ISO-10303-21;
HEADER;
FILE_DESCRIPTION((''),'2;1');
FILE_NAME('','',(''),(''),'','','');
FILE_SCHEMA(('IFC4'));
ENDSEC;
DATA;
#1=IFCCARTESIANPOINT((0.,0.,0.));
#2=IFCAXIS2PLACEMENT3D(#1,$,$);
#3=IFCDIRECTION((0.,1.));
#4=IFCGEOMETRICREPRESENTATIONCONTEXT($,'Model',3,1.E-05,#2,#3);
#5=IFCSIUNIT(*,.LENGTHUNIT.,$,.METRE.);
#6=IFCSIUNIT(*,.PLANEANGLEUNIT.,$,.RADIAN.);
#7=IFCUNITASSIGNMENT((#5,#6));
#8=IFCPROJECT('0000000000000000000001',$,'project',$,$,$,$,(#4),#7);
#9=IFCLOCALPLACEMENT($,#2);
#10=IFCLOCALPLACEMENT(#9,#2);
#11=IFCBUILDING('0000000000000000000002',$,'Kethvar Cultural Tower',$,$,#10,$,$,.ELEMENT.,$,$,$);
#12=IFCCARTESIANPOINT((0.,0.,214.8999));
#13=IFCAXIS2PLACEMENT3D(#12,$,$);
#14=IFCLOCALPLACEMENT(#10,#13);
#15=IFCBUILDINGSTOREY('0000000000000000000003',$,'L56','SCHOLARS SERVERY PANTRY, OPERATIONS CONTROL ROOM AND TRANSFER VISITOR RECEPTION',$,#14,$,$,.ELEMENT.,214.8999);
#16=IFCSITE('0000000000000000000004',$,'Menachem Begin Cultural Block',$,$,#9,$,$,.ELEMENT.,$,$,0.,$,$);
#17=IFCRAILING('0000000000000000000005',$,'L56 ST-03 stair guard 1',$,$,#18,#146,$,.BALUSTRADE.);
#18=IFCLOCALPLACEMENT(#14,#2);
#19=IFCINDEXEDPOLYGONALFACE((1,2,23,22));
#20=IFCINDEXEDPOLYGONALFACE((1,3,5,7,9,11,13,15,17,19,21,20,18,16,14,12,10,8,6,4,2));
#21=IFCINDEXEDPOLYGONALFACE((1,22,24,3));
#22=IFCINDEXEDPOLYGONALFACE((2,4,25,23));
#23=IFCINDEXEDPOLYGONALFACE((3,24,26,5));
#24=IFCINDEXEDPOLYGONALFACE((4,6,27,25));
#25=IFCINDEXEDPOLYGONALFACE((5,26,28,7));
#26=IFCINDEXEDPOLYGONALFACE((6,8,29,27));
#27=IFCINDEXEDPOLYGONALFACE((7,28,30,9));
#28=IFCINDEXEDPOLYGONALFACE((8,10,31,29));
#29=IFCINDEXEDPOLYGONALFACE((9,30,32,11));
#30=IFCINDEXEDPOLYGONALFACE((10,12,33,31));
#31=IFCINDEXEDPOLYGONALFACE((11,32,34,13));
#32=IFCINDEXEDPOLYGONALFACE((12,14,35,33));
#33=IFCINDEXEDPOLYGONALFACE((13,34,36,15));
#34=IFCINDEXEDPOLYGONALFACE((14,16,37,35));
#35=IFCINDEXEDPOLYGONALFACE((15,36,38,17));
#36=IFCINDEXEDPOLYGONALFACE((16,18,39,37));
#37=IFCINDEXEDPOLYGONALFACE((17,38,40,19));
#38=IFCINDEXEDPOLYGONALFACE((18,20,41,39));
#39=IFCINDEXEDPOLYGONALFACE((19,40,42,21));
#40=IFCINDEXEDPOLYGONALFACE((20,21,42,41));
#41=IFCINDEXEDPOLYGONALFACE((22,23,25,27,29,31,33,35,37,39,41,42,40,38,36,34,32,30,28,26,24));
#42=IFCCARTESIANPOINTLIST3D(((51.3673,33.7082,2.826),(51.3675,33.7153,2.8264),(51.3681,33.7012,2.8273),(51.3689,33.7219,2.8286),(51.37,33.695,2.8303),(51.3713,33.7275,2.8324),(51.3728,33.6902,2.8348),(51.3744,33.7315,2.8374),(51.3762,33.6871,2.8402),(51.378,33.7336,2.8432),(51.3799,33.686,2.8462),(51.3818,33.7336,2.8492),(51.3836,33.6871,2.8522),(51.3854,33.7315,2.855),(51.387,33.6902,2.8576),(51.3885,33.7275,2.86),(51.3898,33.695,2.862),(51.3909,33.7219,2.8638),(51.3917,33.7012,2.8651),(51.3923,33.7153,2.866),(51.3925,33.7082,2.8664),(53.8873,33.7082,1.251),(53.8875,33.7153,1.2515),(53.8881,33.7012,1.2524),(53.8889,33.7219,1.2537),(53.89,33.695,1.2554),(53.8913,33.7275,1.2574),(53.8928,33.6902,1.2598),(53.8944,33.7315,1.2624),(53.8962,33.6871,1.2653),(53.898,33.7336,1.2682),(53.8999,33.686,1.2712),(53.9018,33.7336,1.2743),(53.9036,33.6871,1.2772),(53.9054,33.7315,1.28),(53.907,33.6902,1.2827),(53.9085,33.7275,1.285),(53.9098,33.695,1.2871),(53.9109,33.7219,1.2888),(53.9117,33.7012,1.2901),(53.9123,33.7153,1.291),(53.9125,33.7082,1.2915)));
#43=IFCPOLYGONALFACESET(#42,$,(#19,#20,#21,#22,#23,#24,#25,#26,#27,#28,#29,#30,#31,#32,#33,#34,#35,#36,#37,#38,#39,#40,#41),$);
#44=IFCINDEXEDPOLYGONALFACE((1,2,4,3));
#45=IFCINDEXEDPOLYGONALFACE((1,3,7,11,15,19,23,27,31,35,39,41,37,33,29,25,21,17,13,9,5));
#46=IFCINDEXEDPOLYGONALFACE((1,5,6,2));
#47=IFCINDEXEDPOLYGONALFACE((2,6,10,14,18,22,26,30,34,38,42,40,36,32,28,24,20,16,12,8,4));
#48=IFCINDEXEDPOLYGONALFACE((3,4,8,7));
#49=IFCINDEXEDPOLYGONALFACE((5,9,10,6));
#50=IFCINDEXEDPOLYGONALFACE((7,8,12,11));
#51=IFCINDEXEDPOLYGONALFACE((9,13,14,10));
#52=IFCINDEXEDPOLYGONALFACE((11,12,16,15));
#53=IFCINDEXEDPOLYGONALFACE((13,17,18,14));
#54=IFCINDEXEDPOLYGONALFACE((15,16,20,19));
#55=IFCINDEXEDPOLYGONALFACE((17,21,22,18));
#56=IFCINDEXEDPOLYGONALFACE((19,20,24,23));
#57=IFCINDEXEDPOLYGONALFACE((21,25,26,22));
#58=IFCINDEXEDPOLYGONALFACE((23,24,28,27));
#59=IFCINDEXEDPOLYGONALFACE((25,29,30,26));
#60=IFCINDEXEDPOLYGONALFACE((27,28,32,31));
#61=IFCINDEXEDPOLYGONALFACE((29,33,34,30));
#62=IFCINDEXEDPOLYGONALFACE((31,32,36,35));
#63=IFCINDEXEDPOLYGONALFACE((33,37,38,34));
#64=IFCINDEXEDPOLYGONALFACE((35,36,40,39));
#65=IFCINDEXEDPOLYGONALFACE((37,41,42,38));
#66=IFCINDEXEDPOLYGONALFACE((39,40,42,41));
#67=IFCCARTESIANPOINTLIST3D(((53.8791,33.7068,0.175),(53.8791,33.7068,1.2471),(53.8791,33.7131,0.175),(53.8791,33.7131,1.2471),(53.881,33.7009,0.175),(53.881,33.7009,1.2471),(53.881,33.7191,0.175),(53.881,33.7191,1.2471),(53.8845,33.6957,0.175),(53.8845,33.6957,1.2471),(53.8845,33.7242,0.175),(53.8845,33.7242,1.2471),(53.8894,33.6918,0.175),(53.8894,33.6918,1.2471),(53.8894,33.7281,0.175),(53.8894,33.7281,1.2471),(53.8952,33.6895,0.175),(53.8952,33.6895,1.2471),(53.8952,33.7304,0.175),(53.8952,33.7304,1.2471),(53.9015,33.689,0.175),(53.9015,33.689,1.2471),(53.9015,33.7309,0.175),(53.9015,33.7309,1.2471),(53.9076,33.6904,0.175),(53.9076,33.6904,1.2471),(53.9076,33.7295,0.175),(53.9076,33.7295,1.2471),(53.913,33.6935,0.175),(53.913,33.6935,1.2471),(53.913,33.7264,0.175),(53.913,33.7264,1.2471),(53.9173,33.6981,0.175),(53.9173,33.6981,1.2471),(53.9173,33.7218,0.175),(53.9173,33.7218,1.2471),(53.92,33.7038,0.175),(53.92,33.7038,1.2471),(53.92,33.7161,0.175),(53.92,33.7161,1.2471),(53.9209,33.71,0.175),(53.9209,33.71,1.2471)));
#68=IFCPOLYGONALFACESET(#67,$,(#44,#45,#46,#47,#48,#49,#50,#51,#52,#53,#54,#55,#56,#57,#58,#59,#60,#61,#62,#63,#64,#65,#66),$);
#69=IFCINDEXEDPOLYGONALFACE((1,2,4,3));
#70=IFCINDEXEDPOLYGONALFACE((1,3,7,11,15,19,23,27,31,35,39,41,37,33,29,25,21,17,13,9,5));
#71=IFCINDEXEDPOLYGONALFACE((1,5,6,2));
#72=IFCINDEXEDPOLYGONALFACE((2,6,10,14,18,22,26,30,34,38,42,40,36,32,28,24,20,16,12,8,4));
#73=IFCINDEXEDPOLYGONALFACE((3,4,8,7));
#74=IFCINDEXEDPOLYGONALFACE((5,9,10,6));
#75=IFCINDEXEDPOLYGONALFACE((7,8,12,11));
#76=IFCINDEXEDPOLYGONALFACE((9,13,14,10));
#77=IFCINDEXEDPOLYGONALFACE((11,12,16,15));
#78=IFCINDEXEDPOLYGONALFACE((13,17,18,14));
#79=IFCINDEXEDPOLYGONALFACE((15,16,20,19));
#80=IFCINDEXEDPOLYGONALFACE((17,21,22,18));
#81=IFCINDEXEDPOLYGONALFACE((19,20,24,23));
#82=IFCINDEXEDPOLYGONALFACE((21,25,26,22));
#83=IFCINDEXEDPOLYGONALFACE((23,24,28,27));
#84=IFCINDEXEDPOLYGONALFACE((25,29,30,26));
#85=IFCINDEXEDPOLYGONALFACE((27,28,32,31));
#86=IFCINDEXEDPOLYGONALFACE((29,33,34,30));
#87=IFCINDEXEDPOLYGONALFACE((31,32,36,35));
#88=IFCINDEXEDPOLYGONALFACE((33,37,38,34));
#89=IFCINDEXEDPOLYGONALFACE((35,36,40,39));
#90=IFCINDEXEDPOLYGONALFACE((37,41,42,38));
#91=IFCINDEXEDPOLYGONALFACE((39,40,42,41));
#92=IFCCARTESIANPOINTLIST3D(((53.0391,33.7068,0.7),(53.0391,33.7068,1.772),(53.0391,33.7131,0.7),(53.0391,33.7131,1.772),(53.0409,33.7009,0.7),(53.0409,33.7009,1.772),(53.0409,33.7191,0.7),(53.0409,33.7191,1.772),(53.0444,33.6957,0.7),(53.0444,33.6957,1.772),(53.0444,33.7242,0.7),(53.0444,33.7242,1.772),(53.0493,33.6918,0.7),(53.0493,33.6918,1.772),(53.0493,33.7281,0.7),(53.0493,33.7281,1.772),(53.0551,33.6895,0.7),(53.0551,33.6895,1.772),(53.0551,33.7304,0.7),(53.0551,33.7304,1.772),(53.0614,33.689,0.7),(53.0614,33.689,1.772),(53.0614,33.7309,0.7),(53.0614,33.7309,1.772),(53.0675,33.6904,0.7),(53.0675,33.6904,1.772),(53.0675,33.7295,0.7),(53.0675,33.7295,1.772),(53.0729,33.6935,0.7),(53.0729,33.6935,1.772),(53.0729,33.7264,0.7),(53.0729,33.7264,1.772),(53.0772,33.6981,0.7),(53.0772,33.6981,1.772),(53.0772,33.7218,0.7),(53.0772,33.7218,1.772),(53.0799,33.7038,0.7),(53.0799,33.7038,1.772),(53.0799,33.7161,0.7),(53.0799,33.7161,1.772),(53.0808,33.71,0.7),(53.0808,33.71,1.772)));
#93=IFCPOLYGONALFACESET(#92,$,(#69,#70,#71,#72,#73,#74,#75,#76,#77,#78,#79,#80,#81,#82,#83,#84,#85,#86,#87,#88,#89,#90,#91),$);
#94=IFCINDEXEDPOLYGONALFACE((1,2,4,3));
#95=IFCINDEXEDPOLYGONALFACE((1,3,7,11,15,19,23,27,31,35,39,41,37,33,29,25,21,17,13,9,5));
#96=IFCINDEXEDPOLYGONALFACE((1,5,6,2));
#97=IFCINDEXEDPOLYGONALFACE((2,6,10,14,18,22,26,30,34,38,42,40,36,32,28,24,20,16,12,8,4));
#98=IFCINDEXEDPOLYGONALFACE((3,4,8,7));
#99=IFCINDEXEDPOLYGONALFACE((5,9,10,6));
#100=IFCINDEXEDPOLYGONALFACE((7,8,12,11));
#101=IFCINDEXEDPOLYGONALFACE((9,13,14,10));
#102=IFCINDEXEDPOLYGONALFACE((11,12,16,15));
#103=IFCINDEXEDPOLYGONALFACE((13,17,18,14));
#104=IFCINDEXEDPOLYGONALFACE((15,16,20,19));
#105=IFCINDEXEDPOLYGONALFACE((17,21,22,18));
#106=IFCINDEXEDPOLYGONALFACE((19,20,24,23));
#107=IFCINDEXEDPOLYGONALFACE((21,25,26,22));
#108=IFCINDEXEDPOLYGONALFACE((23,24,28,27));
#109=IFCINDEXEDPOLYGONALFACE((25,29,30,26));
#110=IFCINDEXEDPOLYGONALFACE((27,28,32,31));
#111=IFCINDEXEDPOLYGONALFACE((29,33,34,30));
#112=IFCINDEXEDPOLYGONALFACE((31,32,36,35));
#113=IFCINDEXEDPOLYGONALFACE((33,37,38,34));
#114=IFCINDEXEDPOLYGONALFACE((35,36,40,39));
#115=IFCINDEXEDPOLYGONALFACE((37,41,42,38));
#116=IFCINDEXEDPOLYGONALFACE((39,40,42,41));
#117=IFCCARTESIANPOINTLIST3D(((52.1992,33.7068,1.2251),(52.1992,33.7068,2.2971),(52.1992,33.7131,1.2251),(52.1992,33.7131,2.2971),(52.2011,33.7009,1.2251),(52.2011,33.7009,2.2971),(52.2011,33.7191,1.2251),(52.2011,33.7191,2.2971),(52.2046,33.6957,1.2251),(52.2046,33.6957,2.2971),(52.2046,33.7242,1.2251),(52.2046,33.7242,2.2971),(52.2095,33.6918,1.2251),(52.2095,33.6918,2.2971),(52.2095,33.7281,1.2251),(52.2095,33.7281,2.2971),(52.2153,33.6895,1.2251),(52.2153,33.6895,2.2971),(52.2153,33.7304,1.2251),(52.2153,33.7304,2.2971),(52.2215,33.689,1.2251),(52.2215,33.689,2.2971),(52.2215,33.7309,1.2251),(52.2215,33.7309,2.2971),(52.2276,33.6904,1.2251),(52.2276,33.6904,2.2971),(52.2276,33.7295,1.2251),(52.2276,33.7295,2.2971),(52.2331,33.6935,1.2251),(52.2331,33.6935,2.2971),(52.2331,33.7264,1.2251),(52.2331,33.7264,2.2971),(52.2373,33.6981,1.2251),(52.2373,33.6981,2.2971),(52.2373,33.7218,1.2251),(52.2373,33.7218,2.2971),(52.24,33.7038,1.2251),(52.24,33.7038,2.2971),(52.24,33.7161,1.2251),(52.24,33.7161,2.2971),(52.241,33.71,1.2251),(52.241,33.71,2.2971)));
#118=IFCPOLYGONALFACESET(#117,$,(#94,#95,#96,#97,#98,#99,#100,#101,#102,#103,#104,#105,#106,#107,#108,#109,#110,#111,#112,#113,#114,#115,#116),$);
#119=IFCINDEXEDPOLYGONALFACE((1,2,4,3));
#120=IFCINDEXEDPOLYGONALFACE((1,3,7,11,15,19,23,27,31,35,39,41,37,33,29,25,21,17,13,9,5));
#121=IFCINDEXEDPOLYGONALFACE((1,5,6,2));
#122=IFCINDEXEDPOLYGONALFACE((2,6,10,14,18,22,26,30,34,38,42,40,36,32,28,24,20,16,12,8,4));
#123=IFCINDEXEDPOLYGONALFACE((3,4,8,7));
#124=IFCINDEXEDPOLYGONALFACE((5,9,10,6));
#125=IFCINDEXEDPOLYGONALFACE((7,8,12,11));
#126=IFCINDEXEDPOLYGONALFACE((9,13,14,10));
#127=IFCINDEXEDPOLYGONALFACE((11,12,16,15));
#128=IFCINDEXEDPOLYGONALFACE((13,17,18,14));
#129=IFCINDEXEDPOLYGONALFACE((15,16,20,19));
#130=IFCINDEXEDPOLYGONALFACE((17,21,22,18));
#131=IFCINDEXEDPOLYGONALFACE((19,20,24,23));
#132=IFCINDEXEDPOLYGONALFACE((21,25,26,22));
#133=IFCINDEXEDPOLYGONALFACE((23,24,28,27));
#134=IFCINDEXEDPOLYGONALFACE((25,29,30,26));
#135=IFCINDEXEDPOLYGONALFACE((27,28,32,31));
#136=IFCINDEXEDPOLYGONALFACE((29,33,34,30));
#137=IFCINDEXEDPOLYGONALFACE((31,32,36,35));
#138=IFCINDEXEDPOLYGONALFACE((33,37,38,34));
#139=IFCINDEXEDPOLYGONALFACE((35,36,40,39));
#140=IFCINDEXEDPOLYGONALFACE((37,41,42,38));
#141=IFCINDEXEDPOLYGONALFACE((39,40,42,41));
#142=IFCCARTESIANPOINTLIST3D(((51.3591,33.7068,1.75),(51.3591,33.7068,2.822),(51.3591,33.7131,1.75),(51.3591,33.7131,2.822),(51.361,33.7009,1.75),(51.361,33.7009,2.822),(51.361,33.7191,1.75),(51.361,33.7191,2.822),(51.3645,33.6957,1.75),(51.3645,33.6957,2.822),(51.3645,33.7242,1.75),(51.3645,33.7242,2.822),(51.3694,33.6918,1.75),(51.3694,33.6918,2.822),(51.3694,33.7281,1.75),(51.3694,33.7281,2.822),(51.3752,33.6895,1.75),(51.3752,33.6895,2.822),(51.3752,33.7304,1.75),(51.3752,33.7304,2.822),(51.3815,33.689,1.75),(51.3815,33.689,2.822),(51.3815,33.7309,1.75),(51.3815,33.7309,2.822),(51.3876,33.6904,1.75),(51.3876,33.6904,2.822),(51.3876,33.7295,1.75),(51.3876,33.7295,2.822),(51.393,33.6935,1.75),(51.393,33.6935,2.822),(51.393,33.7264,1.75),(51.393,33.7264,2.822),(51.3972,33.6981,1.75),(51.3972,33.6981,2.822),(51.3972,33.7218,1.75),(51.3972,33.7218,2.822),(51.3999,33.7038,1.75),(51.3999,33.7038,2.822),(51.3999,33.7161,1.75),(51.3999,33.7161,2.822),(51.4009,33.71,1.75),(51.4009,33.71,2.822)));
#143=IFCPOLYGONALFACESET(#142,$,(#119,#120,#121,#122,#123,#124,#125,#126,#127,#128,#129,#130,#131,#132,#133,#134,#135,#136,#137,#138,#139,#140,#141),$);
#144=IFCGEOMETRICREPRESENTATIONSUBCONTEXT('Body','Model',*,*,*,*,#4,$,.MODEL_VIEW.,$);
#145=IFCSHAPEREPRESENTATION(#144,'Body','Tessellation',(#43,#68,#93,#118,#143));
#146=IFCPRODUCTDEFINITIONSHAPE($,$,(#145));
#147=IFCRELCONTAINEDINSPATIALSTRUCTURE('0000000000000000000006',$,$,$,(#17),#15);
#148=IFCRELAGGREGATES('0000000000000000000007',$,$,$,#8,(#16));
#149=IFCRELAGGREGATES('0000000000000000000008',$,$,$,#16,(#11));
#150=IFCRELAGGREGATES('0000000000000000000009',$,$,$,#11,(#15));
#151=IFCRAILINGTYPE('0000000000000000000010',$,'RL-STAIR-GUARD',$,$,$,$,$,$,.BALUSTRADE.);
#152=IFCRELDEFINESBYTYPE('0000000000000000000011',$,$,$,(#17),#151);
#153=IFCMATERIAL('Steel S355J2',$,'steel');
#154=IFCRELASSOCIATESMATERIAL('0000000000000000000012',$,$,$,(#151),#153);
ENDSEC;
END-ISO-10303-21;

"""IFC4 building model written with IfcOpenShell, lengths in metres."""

from ifc_helpers import new_model, si_unit, direction, frame, origin, origin_2d, place, context, subcontext, project, spatial, circle, extrude, material, type_object, element, save


model = new_model("IFC4")

# Units and contexts
model_context = context("Model", 3, precision=1e-05, world=origin(), true_north=direction((0.0, 1.0)))
body_context = subcontext(model_context, "Body", "Model", "MODEL_VIEW")
ifc_project = project(units=[si_unit("LENGTHUNIT", "METRE"), si_unit("PLANEANGLEUNIT", "RADIAN")], contexts=[model_context])

# Site, building, storey
site_placement = place(None, origin())
site = spatial("IfcSite", under=ifc_project, at=site_placement, Name="Menachem Begin Cultural Block", CompositionType="ELEMENT", RefElevation=0.0)
building_placement = place(site_placement, origin())
building = spatial("IfcBuilding", under=site, at=building_placement, Name="Kethvar Cultural Tower", CompositionType="ELEMENT")
storey_placement = place(building_placement, frame((0.0, 0.0, 214.8999)))
storey = spatial("IfcBuildingStorey", under=building, at=storey_placement, Name="L56", Description="SCHOLARS SERVERY PANTRY, OPERATIONS CONTROL ROOM AND TRANSFER VISITOR RECEPTION", CompositionType="ELEMENT", Elevation=214.8999)

# Shared definitions
ifc_material_1 = material(Name="Steel S355J2", Category="steel")

# Railing
railing_type_1 = type_object("IfcRailingType", Name="RL-STAIR-GUARD", PredefinedType="BALUSTRADE", material=ifc_material_1)
railing_1_placement = place(storey_placement, frame((53.8999, 33.71, 0.175)))
element("IfcRailing", 1, at=railing_1_placement, inside=storey, type_object=railing_type_1, Name="L56 ST-03 stair guard 1", PredefinedType="BALUSTRADE", context=body_context, shape_type="SweptSolid", body=[
    extrude(circle(Radius=0.0239, at=origin_2d()), frame((0.0, 0.0, 1.0962), z_axis=(-0.848008, 0.0, 0.529984), x_axis=(0.0, -1.0, 0.0)), (0.0, 0.0, 1.0), 2.9717),
    extrude(circle(Radius=0.021, at=origin_2d()), origin(), (0.0, 0.0, 1.0), 1.072),
    extrude(circle(Radius=0.021, at=origin_2d()), frame((-0.8401, 0.0, 0.5249)), (0.0, 0.0, 1.0), 1.072),
    extrude(circle(Radius=0.021, at=origin_2d()), frame((-1.6799, 0.0, 1.05)), (0.0, 0.0, 1.0), 1.072),
    extrude(circle(Radius=0.021, at=origin_2d()), frame((-2.52, 0.0, 1.575)), (0.0, 0.0, 1.0), 1.072),
])

save(model, "model.ifc")
